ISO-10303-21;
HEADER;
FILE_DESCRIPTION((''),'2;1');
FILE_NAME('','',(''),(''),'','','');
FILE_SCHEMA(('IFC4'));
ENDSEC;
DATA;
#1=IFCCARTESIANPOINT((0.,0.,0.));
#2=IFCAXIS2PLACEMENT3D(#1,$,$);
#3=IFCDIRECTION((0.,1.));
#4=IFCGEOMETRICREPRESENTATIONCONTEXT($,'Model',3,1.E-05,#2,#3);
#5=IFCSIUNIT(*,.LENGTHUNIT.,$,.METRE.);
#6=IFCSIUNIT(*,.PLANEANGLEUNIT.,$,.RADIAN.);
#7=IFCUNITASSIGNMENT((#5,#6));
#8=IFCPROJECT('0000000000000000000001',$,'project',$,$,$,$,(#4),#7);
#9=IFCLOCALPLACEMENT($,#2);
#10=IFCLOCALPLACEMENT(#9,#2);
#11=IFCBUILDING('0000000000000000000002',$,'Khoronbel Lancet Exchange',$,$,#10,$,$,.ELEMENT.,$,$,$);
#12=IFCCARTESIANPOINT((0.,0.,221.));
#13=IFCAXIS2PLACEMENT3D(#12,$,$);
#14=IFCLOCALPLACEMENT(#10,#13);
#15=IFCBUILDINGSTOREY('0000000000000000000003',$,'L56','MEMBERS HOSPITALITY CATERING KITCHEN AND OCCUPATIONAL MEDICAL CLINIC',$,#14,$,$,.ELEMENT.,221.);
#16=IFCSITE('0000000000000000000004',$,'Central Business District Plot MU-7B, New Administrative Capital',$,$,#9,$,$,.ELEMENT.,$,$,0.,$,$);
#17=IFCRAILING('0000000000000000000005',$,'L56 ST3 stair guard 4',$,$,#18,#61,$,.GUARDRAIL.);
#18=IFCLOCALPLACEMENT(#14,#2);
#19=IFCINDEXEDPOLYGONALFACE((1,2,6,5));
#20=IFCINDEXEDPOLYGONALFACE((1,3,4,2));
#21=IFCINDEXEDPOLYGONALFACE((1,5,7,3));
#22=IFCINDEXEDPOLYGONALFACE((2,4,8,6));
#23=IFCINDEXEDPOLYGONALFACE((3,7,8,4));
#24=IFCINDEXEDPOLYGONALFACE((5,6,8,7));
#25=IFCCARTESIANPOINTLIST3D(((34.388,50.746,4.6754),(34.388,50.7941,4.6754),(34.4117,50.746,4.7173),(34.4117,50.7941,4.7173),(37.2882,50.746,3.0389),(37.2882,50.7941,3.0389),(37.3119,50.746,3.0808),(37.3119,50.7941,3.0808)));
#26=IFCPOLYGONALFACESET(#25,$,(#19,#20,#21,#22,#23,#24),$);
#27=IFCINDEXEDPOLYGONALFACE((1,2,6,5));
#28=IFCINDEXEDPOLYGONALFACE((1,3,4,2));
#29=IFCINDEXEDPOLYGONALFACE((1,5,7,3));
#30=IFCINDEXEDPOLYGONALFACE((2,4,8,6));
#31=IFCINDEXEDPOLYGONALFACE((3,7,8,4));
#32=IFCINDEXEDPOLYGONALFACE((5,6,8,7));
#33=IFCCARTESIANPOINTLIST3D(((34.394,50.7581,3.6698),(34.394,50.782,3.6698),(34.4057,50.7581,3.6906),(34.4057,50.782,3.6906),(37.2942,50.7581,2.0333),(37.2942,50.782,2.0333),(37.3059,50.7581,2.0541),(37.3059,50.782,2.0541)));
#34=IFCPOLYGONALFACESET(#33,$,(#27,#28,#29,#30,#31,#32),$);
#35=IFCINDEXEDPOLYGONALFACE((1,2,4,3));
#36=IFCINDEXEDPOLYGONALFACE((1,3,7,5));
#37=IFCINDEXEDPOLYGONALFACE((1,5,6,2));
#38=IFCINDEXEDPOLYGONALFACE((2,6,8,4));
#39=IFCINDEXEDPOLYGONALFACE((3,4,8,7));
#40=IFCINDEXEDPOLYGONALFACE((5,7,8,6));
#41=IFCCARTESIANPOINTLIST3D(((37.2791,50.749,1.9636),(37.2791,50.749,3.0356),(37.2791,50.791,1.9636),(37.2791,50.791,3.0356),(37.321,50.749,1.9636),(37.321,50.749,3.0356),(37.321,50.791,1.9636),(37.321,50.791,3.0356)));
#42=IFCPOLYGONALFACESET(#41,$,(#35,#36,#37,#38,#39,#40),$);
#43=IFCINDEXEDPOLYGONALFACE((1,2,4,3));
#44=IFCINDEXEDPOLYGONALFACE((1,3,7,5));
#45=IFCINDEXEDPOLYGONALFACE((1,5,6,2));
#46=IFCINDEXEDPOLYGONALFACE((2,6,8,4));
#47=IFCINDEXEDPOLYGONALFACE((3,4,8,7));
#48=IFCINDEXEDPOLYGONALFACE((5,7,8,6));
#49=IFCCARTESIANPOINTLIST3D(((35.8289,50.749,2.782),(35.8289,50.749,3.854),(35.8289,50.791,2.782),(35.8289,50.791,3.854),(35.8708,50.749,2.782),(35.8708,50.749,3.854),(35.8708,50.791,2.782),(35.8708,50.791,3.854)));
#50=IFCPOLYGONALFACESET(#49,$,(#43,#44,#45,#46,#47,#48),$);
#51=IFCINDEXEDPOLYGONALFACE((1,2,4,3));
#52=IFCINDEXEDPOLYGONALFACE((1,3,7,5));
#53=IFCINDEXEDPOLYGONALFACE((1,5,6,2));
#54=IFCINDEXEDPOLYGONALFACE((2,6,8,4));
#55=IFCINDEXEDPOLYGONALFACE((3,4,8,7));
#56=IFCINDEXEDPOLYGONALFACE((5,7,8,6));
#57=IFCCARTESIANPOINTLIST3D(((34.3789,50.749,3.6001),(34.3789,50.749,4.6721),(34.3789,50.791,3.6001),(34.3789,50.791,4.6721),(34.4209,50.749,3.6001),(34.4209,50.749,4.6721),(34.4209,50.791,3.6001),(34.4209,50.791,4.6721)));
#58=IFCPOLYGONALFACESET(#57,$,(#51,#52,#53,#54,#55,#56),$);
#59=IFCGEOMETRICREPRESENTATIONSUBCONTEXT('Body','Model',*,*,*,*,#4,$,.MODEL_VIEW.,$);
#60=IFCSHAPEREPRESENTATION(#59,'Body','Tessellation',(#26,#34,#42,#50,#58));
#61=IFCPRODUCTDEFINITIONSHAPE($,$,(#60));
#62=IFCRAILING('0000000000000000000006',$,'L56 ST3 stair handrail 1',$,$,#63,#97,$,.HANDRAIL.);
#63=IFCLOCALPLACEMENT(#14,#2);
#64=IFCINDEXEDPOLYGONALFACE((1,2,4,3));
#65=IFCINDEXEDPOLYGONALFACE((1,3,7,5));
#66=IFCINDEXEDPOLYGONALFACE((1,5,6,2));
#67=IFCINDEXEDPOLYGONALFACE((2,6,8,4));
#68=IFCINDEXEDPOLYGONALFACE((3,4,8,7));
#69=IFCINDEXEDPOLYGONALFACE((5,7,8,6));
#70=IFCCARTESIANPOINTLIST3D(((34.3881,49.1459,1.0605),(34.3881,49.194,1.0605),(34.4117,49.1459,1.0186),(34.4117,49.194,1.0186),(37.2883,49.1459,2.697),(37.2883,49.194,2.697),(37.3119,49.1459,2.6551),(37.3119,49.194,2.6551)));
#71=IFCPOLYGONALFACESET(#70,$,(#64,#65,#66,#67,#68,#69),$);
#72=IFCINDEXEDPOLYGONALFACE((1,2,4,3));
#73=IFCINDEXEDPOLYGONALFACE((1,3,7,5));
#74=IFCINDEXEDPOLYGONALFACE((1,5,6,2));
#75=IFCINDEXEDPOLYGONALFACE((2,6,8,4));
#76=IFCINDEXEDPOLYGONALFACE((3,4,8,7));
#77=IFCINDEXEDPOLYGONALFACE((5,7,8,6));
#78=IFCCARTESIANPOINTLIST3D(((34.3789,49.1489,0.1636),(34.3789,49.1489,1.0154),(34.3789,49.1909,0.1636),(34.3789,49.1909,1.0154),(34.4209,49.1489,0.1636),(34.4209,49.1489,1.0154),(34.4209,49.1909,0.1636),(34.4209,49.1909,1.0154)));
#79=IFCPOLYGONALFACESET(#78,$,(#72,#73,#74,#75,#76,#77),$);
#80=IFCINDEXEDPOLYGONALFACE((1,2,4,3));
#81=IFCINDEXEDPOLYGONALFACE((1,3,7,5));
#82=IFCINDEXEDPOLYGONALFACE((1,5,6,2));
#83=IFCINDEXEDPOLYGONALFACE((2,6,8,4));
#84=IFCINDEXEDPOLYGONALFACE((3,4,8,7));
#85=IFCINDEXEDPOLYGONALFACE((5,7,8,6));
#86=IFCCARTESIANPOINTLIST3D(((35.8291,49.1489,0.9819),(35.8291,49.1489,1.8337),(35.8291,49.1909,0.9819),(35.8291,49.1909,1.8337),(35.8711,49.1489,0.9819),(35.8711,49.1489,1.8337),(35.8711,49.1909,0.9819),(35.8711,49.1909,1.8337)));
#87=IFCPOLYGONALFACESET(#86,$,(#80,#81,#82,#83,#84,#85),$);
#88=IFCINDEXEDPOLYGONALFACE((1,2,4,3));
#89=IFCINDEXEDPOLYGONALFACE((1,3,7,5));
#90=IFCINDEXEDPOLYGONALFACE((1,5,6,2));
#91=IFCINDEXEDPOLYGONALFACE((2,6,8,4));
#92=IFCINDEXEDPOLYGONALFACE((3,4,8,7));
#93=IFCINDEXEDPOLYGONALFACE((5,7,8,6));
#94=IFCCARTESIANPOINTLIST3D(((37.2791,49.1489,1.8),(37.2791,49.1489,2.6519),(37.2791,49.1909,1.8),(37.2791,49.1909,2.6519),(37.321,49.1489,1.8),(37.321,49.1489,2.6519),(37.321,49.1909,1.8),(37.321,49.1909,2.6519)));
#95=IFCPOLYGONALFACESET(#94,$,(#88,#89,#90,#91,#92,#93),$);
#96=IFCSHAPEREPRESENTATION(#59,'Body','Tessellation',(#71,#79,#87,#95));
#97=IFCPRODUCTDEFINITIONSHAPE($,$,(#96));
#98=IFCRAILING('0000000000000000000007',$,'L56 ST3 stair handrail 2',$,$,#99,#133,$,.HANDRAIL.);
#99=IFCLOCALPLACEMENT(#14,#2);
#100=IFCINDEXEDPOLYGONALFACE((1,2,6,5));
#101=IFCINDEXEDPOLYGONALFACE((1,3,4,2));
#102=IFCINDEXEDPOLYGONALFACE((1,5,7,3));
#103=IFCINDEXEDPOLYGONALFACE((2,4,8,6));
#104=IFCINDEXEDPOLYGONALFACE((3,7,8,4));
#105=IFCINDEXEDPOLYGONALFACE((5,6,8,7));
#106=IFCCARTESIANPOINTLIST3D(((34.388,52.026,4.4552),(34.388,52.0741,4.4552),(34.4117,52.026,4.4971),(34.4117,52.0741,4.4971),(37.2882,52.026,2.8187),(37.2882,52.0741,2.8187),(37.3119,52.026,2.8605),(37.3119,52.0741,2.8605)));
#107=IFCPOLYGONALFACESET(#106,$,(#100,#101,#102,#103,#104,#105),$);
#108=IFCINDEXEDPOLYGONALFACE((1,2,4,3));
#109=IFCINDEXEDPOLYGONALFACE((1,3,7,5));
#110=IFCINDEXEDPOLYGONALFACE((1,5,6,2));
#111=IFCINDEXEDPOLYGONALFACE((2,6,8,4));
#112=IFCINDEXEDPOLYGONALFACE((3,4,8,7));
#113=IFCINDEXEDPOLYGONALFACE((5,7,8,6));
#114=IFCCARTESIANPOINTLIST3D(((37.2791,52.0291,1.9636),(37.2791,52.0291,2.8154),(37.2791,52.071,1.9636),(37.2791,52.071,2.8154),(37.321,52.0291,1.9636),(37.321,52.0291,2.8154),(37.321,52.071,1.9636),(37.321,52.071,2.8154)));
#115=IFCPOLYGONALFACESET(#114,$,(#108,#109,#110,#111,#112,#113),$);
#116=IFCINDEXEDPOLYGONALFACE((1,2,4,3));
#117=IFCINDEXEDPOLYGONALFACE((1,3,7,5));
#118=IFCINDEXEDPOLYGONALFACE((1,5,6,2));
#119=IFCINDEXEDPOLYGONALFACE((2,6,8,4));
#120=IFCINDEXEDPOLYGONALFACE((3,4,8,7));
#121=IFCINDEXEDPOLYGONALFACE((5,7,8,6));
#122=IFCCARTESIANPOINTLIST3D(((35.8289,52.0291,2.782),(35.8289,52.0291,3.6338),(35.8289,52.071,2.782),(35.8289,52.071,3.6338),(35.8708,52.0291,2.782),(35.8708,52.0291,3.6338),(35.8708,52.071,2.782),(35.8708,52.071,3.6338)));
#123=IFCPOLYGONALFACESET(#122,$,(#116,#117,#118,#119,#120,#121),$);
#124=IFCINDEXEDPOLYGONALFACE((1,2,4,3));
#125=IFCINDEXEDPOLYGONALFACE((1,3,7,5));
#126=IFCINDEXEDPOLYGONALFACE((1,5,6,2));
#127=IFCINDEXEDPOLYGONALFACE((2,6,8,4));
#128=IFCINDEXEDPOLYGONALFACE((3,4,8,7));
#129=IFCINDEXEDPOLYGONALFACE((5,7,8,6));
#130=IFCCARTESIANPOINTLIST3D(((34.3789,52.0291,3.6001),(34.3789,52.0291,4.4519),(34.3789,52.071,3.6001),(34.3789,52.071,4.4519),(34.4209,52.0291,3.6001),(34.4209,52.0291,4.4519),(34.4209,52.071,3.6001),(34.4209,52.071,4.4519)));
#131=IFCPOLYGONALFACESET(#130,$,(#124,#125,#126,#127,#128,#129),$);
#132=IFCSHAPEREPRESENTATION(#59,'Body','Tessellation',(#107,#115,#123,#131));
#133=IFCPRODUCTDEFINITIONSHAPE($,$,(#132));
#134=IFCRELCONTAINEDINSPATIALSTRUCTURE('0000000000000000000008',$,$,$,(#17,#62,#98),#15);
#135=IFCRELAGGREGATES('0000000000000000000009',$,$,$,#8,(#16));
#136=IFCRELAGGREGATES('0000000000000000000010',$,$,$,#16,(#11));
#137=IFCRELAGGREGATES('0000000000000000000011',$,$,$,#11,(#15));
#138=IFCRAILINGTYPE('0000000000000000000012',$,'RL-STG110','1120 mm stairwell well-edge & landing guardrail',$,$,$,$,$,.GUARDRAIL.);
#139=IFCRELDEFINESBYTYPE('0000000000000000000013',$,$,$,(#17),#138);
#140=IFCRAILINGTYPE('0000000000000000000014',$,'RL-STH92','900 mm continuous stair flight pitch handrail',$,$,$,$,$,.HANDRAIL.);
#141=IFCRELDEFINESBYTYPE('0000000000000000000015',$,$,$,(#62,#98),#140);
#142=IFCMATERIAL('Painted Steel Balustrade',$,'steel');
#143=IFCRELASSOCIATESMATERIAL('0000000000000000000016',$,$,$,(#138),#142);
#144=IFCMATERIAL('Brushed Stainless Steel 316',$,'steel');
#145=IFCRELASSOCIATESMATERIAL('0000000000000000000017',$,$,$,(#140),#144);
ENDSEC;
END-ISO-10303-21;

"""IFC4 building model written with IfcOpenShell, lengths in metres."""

from ifc_helpers import new_model, si_unit, direction, frame, origin, origin_2d, place, context, subcontext, project, spatial, rectangle, extrude, material, type_object, element, save


model = new_model("IFC4")

# Units and contexts
model_context = context("Model", 3, precision=1e-05, world=origin(), true_north=direction((0.0, 1.0)))
body_context = subcontext(model_context, "Body", "Model", "MODEL_VIEW")
ifc_project = project(units=[si_unit("LENGTHUNIT", "METRE"), si_unit("PLANEANGLEUNIT", "RADIAN")], contexts=[model_context])

# Site, building, storey
site_placement = place(None, origin())
site = spatial("IfcSite", under=ifc_project, at=site_placement, Name="Central Business District Plot MU-7B, New Administrative Capital", CompositionType="ELEMENT", RefElevation=0.0)
building_placement = place(site_placement, origin())
building = spatial("IfcBuilding", under=site, at=building_placement, Name="Khoronbel Lancet Exchange", CompositionType="ELEMENT")
storey_placement = place(building_placement, frame((0.0, 0.0, 221.0)))
storey = spatial("IfcBuildingStorey", under=building, at=storey_placement, Name="L56", Description="MEMBERS HOSPITALITY CATERING KITCHEN AND OCCUPATIONAL MEDICAL CLINIC", CompositionType="ELEMENT", Elevation=221.0)

# Railings
ifc_material_1 = material(Name="Painted Steel Balustrade", Category="steel")
railing_type_1 = type_object("IfcRailingType", Name="RL-STG110", Description="1120 mm stairwell well-edge & landing guardrail", PredefinedType="GUARDRAIL", material=ifc_material_1)
railing_1_placement = place(storey_placement, frame((37.3, 50.77, 1.9636)))
element("IfcRailing", 1, at=railing_1_placement, inside=storey, type_object=railing_type_1, Name="L56 ST3 stair guard 4", PredefinedType="GUARDRAIL", context=body_context, shape_type="SweptSolid", body=[
    extrude(rectangle(XDim=0.0481, YDim=0.0481, at=origin_2d()), frame((0.0, 0.0, 1.0962), z_axis=(-0.870915, 0.0, 0.491434), x_axis=(0.0, -1.0, 0.0)), (0.0, 0.0, 1.0), 3.3301),
    extrude(rectangle(XDim=0.0239, YDim=0.0239, at=origin_2d()), frame((0.0, 0.0, 0.0801), z_axis=(-0.870915, 0.0, 0.491434), x_axis=(0.0, -1.0, 0.0)), (0.0, 0.0, 1.0), 3.3301),
    extrude(rectangle(XDim=0.042, YDim=0.042, at=origin_2d()), origin(), (0.0, 0.0, 1.0), 1.072),
    extrude(rectangle(XDim=0.042, YDim=0.042, at=origin_2d()), frame((-1.4502, 0.0, 0.8184)), (0.0, 0.0, 1.0), 1.072),
    extrude(rectangle(XDim=0.042, YDim=0.042, at=origin_2d()), frame((-2.9001, 0.0, 1.6365)), (0.0, 0.0, 1.0), 1.072),
])
ifc_material_2 = material(Name="Brushed Stainless Steel 316", Category="steel")
railing_type_2 = type_object("IfcRailingType", Name="RL-STH92", Description="900 mm continuous stair flight pitch handrail", PredefinedType="HANDRAIL", material=ifc_material_2)
railing_2_placement = place(storey_placement, frame((34.3999, 49.1699, 0.1636)))
element("IfcRailing", 2, at=railing_2_placement, inside=storey, type_object=railing_type_2, Name="L56 ST3 stair handrail 1", PredefinedType="HANDRAIL", context=body_context, shape_type="SweptSolid", body=[
    extrude(rectangle(XDim=0.0481, YDim=0.0481, at=origin_2d()), frame((0.0, 0.0, 0.876), z_axis=(0.870915, 0.0, 0.491434), x_axis=(0.0, 1.0, 0.0)), (0.0, 0.0, 1.0), 3.3301),
    extrude(rectangle(XDim=0.042, YDim=0.042, at=origin_2d()), origin(), (0.0, 0.0, 1.0), 0.8518),
    extrude(rectangle(XDim=0.042, YDim=0.042, at=origin_2d()), frame((1.4502, 0.0, 0.8184)), (0.0, 0.0, 1.0), 0.8518),
    extrude(rectangle(XDim=0.042, YDim=0.042, at=origin_2d()), frame((2.9001, 0.0, 1.6365)), (0.0, 0.0, 1.0), 0.8518),
])
railing_3_placement = place(storey_placement, frame((37.3, 52.05, 1.9636)))
element("IfcRailing", 3, at=railing_3_placement, inside=storey, type_object=railing_type_2, Name="L56 ST3 stair handrail 2", PredefinedType="HANDRAIL", context=body_context, shape_type="SweptSolid", body=[
    extrude(rectangle(XDim=0.0481, YDim=0.0481, at=origin_2d()), frame((0.0, 0.0, 0.876), z_axis=(-0.870915, 0.0, 0.491434), x_axis=(0.0, -1.0, 0.0)), (0.0, 0.0, 1.0), 3.3301),
    extrude(rectangle(XDim=0.042, YDim=0.042, at=origin_2d()), origin(), (0.0, 0.0, 1.0), 0.8518),
    extrude(rectangle(XDim=0.042, YDim=0.042, at=origin_2d()), frame((-1.4502, 0.0, 0.8184)), (0.0, 0.0, 1.0), 0.8518),
    extrude(rectangle(XDim=0.042, YDim=0.042, at=origin_2d()), frame((-2.9001, 0.0, 1.6365)), (0.0, 0.0, 1.0), 0.8518),
])

save(model, "model.ifc")
